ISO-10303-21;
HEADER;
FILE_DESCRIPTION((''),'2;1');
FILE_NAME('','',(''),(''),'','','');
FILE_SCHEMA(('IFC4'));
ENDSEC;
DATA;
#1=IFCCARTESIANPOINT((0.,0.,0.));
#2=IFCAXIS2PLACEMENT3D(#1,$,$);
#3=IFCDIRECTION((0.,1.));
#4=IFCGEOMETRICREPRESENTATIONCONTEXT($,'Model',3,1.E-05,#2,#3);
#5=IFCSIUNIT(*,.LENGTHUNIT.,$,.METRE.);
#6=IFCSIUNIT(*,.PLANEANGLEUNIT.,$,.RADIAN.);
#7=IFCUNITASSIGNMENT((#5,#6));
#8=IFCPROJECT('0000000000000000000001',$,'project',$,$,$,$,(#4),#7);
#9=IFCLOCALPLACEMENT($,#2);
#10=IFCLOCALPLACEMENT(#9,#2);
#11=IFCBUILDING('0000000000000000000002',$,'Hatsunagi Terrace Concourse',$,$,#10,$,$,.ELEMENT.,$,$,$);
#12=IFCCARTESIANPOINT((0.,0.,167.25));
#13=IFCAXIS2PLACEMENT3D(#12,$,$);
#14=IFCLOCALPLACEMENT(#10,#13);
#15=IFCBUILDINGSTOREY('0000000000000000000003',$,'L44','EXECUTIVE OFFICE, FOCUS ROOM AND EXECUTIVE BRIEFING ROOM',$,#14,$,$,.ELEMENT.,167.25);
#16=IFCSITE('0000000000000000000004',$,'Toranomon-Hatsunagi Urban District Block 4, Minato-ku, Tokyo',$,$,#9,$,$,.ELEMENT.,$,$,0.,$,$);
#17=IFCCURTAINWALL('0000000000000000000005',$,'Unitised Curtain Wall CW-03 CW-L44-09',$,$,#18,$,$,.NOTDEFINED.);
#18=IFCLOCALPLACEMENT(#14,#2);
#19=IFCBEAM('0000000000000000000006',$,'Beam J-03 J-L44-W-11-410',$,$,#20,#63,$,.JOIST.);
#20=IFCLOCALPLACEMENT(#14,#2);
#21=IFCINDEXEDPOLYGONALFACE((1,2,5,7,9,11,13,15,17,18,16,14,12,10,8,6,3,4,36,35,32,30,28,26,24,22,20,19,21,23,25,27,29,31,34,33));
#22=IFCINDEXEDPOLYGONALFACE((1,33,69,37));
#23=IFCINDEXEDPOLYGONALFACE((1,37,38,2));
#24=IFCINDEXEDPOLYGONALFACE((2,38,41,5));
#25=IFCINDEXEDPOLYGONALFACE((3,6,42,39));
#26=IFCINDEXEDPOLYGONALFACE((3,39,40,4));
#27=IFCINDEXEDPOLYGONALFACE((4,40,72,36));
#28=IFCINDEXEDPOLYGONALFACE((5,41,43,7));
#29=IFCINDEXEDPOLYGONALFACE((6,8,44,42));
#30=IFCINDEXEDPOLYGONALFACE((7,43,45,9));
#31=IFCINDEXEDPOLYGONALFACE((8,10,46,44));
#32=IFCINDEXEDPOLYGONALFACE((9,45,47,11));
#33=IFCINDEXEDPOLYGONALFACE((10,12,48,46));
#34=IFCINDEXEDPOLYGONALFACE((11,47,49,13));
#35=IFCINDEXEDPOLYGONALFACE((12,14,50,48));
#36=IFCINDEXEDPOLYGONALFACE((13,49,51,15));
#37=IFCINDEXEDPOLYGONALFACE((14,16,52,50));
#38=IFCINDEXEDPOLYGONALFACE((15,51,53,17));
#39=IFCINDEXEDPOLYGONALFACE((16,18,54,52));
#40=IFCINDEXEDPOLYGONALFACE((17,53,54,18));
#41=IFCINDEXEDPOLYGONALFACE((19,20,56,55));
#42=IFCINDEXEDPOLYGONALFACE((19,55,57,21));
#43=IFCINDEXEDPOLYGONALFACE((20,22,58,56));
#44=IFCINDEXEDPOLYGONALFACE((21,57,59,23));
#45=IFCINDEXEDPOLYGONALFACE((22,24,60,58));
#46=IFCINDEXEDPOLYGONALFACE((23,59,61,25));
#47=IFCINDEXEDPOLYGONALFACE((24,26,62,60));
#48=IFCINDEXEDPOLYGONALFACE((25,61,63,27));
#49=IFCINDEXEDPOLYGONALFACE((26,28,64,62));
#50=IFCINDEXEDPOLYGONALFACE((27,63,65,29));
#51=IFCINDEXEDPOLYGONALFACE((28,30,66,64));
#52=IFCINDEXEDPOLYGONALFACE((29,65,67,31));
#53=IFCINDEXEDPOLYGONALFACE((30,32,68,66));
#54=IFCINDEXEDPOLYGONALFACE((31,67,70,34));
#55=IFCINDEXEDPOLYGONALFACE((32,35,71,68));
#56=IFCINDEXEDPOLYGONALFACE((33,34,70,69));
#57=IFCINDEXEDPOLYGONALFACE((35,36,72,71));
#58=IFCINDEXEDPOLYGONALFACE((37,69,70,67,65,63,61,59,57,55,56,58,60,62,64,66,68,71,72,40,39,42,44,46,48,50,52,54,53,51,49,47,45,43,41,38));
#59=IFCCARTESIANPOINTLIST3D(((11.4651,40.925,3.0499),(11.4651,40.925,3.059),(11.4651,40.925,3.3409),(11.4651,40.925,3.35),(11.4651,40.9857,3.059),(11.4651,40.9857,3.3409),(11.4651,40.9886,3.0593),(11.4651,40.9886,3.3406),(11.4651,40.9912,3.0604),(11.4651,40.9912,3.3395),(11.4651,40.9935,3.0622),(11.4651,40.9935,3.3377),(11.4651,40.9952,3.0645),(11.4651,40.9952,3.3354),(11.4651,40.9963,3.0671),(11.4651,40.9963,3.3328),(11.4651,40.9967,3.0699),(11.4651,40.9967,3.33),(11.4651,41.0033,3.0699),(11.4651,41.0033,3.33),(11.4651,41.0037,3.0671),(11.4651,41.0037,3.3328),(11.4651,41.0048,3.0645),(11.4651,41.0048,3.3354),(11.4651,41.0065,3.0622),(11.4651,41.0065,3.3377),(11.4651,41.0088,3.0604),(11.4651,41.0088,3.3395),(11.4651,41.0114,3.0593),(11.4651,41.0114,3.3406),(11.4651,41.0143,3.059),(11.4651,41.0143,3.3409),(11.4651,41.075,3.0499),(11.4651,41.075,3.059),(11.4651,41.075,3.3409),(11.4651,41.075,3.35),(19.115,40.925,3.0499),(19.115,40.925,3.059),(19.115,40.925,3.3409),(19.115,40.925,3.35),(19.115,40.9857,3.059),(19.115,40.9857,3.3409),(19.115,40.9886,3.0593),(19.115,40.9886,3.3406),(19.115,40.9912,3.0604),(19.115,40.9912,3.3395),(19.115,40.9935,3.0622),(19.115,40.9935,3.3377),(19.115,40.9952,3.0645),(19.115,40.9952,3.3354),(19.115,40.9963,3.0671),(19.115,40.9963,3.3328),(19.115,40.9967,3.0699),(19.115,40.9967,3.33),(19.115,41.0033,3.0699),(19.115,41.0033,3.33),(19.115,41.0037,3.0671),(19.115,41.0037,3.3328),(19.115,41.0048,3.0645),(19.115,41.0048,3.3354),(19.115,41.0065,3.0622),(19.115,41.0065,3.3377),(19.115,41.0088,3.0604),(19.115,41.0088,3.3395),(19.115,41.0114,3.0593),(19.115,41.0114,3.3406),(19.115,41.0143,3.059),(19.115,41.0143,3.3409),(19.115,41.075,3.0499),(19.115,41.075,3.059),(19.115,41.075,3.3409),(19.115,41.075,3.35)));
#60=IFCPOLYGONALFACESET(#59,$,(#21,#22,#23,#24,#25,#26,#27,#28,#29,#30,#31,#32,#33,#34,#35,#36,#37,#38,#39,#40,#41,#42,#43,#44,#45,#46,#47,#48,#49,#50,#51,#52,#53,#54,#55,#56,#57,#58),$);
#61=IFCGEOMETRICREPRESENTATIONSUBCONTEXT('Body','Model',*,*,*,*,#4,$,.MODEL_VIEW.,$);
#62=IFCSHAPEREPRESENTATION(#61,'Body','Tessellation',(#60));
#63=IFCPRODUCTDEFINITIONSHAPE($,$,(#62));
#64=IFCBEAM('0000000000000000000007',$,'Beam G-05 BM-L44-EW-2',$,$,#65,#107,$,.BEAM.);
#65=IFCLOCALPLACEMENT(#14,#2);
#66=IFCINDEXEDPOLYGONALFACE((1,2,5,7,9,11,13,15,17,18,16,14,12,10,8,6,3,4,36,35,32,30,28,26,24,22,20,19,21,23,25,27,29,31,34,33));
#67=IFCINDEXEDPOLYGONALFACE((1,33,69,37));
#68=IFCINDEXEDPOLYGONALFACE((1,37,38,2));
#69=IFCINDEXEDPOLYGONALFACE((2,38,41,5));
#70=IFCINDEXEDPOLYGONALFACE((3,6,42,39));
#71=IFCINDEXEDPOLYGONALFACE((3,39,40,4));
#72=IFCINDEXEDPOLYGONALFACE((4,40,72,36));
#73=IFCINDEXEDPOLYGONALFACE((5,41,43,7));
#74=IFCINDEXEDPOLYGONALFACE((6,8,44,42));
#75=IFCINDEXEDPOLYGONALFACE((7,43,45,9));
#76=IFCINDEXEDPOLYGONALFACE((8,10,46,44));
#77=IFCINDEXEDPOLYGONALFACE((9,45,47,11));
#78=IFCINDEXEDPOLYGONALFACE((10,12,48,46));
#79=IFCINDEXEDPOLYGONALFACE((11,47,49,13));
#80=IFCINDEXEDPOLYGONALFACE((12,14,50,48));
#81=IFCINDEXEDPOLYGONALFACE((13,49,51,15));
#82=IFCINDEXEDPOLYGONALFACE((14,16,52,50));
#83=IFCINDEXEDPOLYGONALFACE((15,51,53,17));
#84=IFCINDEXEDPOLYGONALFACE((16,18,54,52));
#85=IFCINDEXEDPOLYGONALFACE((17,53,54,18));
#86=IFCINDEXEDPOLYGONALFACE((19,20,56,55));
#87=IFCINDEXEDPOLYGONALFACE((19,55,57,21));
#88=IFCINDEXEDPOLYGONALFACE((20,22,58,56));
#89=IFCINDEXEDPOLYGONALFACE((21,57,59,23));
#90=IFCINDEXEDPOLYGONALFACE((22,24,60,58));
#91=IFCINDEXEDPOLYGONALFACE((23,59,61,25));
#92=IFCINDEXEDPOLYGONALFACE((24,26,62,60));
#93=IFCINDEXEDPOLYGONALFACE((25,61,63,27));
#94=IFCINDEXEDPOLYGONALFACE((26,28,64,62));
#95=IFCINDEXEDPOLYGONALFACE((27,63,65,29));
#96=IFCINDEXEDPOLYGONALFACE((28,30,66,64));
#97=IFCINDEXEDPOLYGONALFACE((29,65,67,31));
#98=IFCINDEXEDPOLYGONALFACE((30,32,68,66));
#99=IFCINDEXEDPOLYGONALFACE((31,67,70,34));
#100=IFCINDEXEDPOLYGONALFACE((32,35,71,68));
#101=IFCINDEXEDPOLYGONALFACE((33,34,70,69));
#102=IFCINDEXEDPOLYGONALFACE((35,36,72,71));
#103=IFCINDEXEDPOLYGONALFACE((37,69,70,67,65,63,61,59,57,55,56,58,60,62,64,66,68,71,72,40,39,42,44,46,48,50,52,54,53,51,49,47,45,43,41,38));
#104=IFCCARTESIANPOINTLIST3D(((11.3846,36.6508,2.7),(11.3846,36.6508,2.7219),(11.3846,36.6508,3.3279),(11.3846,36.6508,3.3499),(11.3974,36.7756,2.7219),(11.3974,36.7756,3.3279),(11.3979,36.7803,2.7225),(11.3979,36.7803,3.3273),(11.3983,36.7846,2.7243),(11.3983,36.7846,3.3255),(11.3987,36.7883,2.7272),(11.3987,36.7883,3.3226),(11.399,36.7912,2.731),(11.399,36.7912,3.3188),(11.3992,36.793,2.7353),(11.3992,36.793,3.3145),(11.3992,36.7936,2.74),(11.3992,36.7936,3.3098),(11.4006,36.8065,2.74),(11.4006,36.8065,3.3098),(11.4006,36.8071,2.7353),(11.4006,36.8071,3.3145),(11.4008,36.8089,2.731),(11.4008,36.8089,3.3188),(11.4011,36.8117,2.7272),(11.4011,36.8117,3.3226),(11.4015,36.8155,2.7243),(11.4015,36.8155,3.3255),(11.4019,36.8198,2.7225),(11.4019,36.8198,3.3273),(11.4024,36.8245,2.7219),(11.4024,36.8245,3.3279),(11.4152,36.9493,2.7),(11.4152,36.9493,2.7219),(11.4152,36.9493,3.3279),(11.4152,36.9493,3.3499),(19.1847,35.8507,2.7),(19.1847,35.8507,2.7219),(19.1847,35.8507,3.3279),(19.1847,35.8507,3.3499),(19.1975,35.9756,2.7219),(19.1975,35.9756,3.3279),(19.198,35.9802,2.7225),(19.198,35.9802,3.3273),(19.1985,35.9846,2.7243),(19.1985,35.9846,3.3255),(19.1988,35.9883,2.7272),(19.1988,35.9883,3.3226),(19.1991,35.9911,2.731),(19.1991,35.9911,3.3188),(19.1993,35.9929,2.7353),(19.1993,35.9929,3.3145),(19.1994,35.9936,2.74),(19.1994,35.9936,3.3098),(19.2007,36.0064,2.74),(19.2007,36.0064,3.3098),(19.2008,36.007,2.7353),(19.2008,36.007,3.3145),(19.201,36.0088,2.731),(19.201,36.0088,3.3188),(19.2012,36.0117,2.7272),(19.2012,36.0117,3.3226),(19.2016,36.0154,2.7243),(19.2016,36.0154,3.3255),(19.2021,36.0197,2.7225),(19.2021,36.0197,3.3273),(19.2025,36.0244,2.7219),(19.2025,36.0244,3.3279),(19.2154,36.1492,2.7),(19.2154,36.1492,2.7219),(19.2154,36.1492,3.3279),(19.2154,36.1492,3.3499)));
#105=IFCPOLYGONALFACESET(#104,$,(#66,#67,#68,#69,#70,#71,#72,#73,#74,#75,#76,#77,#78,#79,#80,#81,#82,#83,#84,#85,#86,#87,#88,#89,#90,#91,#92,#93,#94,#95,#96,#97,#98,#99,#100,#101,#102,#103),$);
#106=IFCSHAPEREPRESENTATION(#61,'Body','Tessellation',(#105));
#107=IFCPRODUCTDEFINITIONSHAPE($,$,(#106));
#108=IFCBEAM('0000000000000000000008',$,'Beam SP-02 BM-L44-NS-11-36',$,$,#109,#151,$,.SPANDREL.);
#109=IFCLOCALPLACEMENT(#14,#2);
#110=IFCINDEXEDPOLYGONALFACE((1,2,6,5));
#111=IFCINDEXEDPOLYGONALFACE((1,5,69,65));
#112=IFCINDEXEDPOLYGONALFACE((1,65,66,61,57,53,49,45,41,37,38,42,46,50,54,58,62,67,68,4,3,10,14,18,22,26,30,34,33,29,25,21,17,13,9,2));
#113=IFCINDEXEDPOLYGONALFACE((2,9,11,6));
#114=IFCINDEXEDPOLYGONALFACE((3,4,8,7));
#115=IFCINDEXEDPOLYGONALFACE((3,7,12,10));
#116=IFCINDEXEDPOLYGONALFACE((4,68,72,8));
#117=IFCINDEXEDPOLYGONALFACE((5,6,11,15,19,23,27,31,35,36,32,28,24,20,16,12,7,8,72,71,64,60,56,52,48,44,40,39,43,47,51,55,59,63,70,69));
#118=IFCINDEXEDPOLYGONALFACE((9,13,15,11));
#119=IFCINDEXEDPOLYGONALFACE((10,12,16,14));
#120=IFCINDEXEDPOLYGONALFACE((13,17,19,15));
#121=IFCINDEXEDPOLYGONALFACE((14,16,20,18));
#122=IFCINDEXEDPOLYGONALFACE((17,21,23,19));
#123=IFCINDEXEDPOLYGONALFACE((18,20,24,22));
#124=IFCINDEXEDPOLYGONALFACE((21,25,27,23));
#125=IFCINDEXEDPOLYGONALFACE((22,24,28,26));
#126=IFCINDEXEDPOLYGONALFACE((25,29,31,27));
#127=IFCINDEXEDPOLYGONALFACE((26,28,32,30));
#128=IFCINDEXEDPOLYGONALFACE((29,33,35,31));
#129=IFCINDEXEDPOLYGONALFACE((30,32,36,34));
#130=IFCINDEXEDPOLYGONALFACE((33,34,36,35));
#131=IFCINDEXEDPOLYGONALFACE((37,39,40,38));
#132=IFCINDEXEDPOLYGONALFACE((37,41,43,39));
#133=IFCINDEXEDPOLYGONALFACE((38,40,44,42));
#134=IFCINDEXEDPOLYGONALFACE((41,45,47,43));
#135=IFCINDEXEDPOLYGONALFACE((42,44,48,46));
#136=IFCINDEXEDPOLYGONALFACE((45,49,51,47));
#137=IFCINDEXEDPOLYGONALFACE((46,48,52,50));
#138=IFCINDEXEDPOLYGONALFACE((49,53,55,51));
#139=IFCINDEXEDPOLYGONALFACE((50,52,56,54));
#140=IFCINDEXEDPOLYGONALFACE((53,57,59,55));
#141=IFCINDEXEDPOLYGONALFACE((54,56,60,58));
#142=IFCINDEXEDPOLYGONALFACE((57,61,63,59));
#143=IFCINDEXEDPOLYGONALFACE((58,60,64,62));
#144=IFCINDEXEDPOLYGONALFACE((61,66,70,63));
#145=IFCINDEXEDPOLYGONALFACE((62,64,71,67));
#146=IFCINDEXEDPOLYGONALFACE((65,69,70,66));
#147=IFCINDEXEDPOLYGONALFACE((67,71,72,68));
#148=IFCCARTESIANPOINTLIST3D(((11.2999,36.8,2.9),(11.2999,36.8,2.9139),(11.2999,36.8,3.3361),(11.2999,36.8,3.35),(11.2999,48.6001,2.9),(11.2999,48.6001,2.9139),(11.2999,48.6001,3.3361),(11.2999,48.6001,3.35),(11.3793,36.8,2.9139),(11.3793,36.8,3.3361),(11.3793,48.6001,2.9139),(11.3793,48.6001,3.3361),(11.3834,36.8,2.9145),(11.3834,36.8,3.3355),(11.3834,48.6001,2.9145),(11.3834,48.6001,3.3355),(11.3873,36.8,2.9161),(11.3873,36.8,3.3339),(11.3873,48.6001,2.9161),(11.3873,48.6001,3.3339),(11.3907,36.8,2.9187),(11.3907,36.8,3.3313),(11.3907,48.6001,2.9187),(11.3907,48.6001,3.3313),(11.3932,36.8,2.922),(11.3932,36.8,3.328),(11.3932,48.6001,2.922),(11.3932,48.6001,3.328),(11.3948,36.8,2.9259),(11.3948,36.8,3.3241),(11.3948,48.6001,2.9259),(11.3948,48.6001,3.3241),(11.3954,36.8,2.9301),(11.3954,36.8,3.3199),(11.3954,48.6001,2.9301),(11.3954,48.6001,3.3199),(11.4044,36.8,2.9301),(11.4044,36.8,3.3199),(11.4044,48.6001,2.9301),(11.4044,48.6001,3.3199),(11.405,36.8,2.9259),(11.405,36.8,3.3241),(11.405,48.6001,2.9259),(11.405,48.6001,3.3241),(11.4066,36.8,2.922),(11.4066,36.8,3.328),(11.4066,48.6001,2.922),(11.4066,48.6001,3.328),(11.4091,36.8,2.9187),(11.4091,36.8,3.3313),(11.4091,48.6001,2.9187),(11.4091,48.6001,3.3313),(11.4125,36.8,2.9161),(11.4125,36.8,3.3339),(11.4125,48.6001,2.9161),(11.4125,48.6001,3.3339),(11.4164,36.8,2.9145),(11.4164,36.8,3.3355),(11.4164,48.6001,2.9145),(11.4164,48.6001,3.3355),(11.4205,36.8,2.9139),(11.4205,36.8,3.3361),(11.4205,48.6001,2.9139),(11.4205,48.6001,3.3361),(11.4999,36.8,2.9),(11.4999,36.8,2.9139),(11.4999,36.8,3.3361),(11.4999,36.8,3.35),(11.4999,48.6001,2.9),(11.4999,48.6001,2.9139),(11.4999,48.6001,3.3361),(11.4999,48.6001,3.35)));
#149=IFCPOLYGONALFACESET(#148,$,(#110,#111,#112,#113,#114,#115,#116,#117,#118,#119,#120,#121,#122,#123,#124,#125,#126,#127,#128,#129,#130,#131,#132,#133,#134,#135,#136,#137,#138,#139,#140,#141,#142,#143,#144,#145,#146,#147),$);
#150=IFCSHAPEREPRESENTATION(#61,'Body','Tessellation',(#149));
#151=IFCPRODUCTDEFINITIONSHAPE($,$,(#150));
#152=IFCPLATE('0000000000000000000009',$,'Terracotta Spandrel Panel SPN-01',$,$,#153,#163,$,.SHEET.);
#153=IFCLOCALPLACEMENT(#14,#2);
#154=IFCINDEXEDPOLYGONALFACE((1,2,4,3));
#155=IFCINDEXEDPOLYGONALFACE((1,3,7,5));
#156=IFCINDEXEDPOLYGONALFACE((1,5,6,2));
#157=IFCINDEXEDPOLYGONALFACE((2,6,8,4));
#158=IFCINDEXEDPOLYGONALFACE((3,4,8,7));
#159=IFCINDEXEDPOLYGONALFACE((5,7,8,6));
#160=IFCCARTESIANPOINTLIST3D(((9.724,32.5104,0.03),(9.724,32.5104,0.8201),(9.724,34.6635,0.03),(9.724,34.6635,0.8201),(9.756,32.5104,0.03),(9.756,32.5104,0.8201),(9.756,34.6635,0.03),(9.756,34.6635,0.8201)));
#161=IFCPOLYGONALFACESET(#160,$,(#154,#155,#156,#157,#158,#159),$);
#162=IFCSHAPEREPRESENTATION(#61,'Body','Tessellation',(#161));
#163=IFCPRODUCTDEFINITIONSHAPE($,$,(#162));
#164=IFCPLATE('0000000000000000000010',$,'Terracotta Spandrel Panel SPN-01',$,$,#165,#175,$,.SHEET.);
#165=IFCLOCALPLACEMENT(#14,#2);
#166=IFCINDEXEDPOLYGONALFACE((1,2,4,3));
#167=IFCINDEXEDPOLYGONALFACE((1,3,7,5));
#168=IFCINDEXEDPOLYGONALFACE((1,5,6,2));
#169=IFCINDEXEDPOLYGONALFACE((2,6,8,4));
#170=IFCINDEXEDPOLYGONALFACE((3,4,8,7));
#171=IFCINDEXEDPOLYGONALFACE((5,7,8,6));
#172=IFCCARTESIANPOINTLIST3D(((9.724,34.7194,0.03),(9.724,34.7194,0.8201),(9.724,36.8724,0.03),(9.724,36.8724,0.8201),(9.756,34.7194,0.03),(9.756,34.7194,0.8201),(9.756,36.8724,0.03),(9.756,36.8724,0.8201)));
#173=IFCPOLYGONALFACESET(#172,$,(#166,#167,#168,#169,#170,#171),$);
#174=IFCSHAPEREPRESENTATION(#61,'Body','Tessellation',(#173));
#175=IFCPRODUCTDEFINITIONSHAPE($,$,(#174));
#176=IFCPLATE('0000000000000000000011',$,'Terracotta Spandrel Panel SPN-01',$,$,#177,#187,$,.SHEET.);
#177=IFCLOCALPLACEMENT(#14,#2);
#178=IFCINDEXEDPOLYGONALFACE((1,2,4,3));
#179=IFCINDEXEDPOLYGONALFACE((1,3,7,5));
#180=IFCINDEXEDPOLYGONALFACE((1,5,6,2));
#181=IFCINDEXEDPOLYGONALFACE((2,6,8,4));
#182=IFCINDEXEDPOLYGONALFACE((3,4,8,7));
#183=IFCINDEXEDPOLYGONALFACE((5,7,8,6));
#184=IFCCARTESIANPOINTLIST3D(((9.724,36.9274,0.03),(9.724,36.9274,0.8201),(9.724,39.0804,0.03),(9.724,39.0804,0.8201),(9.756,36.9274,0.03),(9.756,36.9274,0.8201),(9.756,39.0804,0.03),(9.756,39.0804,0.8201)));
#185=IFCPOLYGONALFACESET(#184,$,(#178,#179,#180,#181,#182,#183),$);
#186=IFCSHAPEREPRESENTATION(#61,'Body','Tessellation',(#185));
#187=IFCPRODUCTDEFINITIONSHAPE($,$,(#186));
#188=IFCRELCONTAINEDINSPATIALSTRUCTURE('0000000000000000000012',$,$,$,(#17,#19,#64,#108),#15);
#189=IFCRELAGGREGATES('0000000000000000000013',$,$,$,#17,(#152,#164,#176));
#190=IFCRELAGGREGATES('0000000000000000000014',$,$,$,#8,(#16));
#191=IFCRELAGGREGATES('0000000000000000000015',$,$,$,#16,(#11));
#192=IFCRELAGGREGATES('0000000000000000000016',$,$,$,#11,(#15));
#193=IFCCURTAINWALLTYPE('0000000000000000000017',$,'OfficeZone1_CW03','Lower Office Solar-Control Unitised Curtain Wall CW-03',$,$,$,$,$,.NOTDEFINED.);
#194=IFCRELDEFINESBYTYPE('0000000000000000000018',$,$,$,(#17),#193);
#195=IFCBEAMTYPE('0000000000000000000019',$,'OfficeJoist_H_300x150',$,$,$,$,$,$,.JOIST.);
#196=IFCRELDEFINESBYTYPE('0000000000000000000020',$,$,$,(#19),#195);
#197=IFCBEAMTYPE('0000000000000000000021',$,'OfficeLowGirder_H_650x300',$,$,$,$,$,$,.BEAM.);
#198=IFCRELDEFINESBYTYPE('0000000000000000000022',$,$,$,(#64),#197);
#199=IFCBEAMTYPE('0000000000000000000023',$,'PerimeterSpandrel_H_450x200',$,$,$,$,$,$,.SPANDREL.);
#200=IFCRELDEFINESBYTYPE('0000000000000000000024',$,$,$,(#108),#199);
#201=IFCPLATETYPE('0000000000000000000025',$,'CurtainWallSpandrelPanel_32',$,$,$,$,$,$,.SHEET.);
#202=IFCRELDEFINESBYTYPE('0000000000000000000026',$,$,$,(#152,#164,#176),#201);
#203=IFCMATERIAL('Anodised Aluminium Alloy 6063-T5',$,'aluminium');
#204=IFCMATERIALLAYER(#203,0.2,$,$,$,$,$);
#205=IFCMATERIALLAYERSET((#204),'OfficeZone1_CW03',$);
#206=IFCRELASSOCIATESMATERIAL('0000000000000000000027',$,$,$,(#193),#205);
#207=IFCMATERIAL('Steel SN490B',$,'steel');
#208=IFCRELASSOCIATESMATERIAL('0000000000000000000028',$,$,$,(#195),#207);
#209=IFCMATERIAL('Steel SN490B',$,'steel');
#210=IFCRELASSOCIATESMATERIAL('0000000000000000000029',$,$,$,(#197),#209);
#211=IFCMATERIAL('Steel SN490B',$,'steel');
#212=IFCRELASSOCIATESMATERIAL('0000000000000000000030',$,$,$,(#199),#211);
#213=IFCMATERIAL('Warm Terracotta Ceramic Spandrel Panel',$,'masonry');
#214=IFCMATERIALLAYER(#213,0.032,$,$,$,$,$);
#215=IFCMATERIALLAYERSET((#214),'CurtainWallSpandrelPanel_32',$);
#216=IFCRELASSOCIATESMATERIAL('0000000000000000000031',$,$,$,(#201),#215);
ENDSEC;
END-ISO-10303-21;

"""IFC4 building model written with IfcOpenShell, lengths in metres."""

from ifc_helpers import new_model, si_unit, direction, frame, origin, origin_2d, place, context, subcontext, project, spatial, rectangle, i_section, extrude, material, layer, layer_set, material_profile, profile_set, type_object, element, aggregate, save


model = new_model("IFC4")

# Units and contexts
model_context = context("Model", 3, precision=1e-05, world=origin(), true_north=direction((0.0, 1.0)))
body_context = subcontext(model_context, "Body", "Model", "MODEL_VIEW")
ifc_project = project(units=[si_unit("LENGTHUNIT", "METRE"), si_unit("PLANEANGLEUNIT", "RADIAN")], contexts=[model_context])

# Site, building, storey
site_placement = place(None, origin())
site = spatial("IfcSite", under=ifc_project, at=site_placement, Name="Toranomon-Hatsunagi Urban District Block 4, Minato-ku, Tokyo", CompositionType="ELEMENT", RefElevation=0.0)
building_placement = place(site_placement, origin())
building = spatial("IfcBuilding", under=site, at=building_placement, Name="Hatsunagi Terrace Concourse", CompositionType="ELEMENT")
storey_placement = place(building_placement, frame((0.0, 0.0, 167.25)))
storey = spatial("IfcBuildingStorey", under=building, at=storey_placement, Name="L44", Description="EXECUTIVE OFFICE, FOCUS ROOM AND EXECUTIVE BRIEFING ROOM", CompositionType="ELEMENT", Elevation=167.25)

# Curtain wall
ifc_material_1 = material(Name="Anodised Aluminium Alloy 6063-T5", Category="aluminium")
ifc_layer_1 = layer(ifc_material_1, 0.2)
ifc_layer_set_1 = layer_set([ifc_layer_1], Name="OfficeZone1_CW03")
curtain_wall_type = type_object("IfcCurtainWallType", Name="OfficeZone1_CW03", Description="Lower Office Solar-Control Unitised Curtain Wall CW-03", PredefinedType="NOTDEFINED", material=ifc_layer_set_1)
curtain_wall_placement = place(storey_placement, origin())
curtain_wall = element("IfcCurtainWall", 1, at=curtain_wall_placement, inside=storey, type_object=curtain_wall_type, Name="Unitised Curtain Wall CW-03 CW-L44-09", PredefinedType="NOTDEFINED")

# Beams
ifc_material_2 = material(Name="Steel SN490B", Category="steel")
ifc_material_profile_1 = material_profile(ifc_material_2, i_section(OverallWidth=0.1499, OverallDepth=0.3, WebThickness=0.0066, FlangeThickness=0.009, FilletRadius=0.011, at=origin_2d()), Name="H-300x150x6.5x9")
ifc_profile_set_1 = profile_set([ifc_material_profile_1], Name="Steel SN490B")
beam_type_1 = type_object("IfcBeamType", Name="OfficeJoist_H_300x150", PredefinedType="JOIST", material=ifc_profile_set_1)
for number, where, z_axis, x_axis, name in (
    (2, (11.4651, 41.0, 3.2), (1.0, 0.0, 0.0), (0.0, 1.0, 0.0), "Beam J-03 J-L44-W-11-410"),
):
    element("IfcBeam", number, at=place(storey_placement, frame(where, z_axis=z_axis, x_axis=x_axis)), inside=storey, type_object=beam_type_1, Name=name, PredefinedType="JOIST", context=body_context, shape_type="SweptSolid", body=[
        extrude(i_section(OverallWidth=0.1499, OverallDepth=0.3, WebThickness=0.0066, FlangeThickness=0.009, FilletRadius=0.011, at=origin_2d()), origin(), (0.0, 0.0, 1.0), 7.6499),
    ])
ifc_material_3 = material(Name="Steel SN490B", Category="steel")
ifc_material_profile_2 = material_profile(ifc_material_3, i_section(OverallWidth=0.3, OverallDepth=0.6499, WebThickness=0.0129, FlangeThickness=0.022, FilletRadius=0.0181, at=origin_2d()), Name="H-650x300x13x22")
ifc_profile_set_2 = profile_set([ifc_material_profile_2], Name="Steel SN490B")
beam_type_2 = type_object("IfcBeamType", Name="OfficeLowGirder_H_650x300", PredefinedType="BEAM", material=ifc_profile_set_2)
beam_1_placement = place(storey_placement, frame((11.3999, 36.8, 3.0249), z_axis=(0.994781, -0.102034, 0.0), x_axis=(0.102034, 0.994781, 0.0)))
element("IfcBeam", 3, at=beam_1_placement, inside=storey, type_object=beam_type_2, Name="Beam G-05 BM-L44-EW-2", PredefinedType="BEAM", context=body_context, shape_type="SweptSolid", body=[
    extrude(i_section(OverallWidth=0.3, OverallDepth=0.6499, WebThickness=0.0129, FlangeThickness=0.022, FilletRadius=0.0181, at=origin_2d()), origin(), (0.0, 0.0, 1.0), 7.8411),
])
ifc_material_4 = material(Name="Steel SN490B", Category="steel")
ifc_material_profile_3 = material_profile(ifc_material_4, i_section(OverallWidth=0.2, OverallDepth=0.45, WebThickness=0.009, FlangeThickness=0.0139, FilletRadius=0.0161, at=origin_2d()), Name="H-450x200x9x14")
ifc_profile_set_3 = profile_set([ifc_material_profile_3], Name="Steel SN490B")
beam_type_3 = type_object("IfcBeamType", Name="PerimeterSpandrel_H_450x200", PredefinedType="SPANDREL", material=ifc_profile_set_3)
beam_2_placement = place(storey_placement, frame((11.3999, 36.8, 3.125), z_axis=(0.0, 1.0, 0.0), x_axis=(-1.0, 0.0, 0.0)))
element("IfcBeam", 4, at=beam_2_placement, inside=storey, type_object=beam_type_3, Name="Beam SP-02 BM-L44-NS-11-36", PredefinedType="SPANDREL", context=body_context, shape_type="SweptSolid", body=[
    extrude(i_section(OverallWidth=0.2, OverallDepth=0.45, WebThickness=0.009, FlangeThickness=0.0139, FilletRadius=0.0161, at=origin_2d()), origin(), (0.0, 0.0, 1.0), 11.8),
])

# Plates
ifc_material_5 = material(Name="Warm Terracotta Ceramic Spandrel Panel", Category="masonry")
ifc_layer_2 = layer(ifc_material_5, 0.032)
ifc_layer_set_2 = layer_set([ifc_layer_2], Name="CurtainWallSpandrelPanel_32")
plate_type_1 = type_object("IfcPlateType", Name="CurtainWallSpandrelPanel_32", PredefinedType="SHEET", material=ifc_layer_set_2)
plate_1_placement = place(storey_placement, frame((9.74, 33.5869, 0.03), z_axis=(0.0, 0.0, 1.0), x_axis=(0.0, 1.0, 0.0)))
plate_1 = element("IfcPlate", 5, at=plate_1_placement, type_object=plate_type_1, Name="Terracotta Spandrel Panel SPN-01", PredefinedType="SHEET", context=body_context, shape_type="SweptSolid", body=[
    extrude(rectangle(XDim=2.1531, YDim=0.032, at=origin_2d()), origin(), (0.0, 0.0, 1.0), 0.79),
])
plate_2_placement = place(storey_placement, frame((9.74, 35.7959, 0.03), z_axis=(0.0, 0.0, 1.0), x_axis=(0.0, 1.0, 0.0)))
plate_2 = element("IfcPlate", 6, at=plate_2_placement, type_object=plate_type_1, Name="Terracotta Spandrel Panel SPN-01", PredefinedType="SHEET", context=body_context, shape_type="SweptSolid", body=[
    extrude(rectangle(XDim=2.1531, YDim=0.032, at=origin_2d()), origin(), (0.0, 0.0, 1.0), 0.79),
])
plate_3_placement = place(storey_placement, frame((9.74, 38.0039, 0.03), z_axis=(0.0, 0.0, 1.0), x_axis=(0.0, 1.0, 0.0)))
plate_3 = element("IfcPlate", 7, at=plate_3_placement, type_object=plate_type_1, Name="Terracotta Spandrel Panel SPN-01", PredefinedType="SHEET", context=body_context, shape_type="SweptSolid", body=[
    extrude(rectangle(XDim=2.1531, YDim=0.032, at=origin_2d()), origin(), (0.0, 0.0, 1.0), 0.79),
])
aggregate(curtain_wall, [plate_1, plate_2, plate_3])

save(model, "model.ifc")
